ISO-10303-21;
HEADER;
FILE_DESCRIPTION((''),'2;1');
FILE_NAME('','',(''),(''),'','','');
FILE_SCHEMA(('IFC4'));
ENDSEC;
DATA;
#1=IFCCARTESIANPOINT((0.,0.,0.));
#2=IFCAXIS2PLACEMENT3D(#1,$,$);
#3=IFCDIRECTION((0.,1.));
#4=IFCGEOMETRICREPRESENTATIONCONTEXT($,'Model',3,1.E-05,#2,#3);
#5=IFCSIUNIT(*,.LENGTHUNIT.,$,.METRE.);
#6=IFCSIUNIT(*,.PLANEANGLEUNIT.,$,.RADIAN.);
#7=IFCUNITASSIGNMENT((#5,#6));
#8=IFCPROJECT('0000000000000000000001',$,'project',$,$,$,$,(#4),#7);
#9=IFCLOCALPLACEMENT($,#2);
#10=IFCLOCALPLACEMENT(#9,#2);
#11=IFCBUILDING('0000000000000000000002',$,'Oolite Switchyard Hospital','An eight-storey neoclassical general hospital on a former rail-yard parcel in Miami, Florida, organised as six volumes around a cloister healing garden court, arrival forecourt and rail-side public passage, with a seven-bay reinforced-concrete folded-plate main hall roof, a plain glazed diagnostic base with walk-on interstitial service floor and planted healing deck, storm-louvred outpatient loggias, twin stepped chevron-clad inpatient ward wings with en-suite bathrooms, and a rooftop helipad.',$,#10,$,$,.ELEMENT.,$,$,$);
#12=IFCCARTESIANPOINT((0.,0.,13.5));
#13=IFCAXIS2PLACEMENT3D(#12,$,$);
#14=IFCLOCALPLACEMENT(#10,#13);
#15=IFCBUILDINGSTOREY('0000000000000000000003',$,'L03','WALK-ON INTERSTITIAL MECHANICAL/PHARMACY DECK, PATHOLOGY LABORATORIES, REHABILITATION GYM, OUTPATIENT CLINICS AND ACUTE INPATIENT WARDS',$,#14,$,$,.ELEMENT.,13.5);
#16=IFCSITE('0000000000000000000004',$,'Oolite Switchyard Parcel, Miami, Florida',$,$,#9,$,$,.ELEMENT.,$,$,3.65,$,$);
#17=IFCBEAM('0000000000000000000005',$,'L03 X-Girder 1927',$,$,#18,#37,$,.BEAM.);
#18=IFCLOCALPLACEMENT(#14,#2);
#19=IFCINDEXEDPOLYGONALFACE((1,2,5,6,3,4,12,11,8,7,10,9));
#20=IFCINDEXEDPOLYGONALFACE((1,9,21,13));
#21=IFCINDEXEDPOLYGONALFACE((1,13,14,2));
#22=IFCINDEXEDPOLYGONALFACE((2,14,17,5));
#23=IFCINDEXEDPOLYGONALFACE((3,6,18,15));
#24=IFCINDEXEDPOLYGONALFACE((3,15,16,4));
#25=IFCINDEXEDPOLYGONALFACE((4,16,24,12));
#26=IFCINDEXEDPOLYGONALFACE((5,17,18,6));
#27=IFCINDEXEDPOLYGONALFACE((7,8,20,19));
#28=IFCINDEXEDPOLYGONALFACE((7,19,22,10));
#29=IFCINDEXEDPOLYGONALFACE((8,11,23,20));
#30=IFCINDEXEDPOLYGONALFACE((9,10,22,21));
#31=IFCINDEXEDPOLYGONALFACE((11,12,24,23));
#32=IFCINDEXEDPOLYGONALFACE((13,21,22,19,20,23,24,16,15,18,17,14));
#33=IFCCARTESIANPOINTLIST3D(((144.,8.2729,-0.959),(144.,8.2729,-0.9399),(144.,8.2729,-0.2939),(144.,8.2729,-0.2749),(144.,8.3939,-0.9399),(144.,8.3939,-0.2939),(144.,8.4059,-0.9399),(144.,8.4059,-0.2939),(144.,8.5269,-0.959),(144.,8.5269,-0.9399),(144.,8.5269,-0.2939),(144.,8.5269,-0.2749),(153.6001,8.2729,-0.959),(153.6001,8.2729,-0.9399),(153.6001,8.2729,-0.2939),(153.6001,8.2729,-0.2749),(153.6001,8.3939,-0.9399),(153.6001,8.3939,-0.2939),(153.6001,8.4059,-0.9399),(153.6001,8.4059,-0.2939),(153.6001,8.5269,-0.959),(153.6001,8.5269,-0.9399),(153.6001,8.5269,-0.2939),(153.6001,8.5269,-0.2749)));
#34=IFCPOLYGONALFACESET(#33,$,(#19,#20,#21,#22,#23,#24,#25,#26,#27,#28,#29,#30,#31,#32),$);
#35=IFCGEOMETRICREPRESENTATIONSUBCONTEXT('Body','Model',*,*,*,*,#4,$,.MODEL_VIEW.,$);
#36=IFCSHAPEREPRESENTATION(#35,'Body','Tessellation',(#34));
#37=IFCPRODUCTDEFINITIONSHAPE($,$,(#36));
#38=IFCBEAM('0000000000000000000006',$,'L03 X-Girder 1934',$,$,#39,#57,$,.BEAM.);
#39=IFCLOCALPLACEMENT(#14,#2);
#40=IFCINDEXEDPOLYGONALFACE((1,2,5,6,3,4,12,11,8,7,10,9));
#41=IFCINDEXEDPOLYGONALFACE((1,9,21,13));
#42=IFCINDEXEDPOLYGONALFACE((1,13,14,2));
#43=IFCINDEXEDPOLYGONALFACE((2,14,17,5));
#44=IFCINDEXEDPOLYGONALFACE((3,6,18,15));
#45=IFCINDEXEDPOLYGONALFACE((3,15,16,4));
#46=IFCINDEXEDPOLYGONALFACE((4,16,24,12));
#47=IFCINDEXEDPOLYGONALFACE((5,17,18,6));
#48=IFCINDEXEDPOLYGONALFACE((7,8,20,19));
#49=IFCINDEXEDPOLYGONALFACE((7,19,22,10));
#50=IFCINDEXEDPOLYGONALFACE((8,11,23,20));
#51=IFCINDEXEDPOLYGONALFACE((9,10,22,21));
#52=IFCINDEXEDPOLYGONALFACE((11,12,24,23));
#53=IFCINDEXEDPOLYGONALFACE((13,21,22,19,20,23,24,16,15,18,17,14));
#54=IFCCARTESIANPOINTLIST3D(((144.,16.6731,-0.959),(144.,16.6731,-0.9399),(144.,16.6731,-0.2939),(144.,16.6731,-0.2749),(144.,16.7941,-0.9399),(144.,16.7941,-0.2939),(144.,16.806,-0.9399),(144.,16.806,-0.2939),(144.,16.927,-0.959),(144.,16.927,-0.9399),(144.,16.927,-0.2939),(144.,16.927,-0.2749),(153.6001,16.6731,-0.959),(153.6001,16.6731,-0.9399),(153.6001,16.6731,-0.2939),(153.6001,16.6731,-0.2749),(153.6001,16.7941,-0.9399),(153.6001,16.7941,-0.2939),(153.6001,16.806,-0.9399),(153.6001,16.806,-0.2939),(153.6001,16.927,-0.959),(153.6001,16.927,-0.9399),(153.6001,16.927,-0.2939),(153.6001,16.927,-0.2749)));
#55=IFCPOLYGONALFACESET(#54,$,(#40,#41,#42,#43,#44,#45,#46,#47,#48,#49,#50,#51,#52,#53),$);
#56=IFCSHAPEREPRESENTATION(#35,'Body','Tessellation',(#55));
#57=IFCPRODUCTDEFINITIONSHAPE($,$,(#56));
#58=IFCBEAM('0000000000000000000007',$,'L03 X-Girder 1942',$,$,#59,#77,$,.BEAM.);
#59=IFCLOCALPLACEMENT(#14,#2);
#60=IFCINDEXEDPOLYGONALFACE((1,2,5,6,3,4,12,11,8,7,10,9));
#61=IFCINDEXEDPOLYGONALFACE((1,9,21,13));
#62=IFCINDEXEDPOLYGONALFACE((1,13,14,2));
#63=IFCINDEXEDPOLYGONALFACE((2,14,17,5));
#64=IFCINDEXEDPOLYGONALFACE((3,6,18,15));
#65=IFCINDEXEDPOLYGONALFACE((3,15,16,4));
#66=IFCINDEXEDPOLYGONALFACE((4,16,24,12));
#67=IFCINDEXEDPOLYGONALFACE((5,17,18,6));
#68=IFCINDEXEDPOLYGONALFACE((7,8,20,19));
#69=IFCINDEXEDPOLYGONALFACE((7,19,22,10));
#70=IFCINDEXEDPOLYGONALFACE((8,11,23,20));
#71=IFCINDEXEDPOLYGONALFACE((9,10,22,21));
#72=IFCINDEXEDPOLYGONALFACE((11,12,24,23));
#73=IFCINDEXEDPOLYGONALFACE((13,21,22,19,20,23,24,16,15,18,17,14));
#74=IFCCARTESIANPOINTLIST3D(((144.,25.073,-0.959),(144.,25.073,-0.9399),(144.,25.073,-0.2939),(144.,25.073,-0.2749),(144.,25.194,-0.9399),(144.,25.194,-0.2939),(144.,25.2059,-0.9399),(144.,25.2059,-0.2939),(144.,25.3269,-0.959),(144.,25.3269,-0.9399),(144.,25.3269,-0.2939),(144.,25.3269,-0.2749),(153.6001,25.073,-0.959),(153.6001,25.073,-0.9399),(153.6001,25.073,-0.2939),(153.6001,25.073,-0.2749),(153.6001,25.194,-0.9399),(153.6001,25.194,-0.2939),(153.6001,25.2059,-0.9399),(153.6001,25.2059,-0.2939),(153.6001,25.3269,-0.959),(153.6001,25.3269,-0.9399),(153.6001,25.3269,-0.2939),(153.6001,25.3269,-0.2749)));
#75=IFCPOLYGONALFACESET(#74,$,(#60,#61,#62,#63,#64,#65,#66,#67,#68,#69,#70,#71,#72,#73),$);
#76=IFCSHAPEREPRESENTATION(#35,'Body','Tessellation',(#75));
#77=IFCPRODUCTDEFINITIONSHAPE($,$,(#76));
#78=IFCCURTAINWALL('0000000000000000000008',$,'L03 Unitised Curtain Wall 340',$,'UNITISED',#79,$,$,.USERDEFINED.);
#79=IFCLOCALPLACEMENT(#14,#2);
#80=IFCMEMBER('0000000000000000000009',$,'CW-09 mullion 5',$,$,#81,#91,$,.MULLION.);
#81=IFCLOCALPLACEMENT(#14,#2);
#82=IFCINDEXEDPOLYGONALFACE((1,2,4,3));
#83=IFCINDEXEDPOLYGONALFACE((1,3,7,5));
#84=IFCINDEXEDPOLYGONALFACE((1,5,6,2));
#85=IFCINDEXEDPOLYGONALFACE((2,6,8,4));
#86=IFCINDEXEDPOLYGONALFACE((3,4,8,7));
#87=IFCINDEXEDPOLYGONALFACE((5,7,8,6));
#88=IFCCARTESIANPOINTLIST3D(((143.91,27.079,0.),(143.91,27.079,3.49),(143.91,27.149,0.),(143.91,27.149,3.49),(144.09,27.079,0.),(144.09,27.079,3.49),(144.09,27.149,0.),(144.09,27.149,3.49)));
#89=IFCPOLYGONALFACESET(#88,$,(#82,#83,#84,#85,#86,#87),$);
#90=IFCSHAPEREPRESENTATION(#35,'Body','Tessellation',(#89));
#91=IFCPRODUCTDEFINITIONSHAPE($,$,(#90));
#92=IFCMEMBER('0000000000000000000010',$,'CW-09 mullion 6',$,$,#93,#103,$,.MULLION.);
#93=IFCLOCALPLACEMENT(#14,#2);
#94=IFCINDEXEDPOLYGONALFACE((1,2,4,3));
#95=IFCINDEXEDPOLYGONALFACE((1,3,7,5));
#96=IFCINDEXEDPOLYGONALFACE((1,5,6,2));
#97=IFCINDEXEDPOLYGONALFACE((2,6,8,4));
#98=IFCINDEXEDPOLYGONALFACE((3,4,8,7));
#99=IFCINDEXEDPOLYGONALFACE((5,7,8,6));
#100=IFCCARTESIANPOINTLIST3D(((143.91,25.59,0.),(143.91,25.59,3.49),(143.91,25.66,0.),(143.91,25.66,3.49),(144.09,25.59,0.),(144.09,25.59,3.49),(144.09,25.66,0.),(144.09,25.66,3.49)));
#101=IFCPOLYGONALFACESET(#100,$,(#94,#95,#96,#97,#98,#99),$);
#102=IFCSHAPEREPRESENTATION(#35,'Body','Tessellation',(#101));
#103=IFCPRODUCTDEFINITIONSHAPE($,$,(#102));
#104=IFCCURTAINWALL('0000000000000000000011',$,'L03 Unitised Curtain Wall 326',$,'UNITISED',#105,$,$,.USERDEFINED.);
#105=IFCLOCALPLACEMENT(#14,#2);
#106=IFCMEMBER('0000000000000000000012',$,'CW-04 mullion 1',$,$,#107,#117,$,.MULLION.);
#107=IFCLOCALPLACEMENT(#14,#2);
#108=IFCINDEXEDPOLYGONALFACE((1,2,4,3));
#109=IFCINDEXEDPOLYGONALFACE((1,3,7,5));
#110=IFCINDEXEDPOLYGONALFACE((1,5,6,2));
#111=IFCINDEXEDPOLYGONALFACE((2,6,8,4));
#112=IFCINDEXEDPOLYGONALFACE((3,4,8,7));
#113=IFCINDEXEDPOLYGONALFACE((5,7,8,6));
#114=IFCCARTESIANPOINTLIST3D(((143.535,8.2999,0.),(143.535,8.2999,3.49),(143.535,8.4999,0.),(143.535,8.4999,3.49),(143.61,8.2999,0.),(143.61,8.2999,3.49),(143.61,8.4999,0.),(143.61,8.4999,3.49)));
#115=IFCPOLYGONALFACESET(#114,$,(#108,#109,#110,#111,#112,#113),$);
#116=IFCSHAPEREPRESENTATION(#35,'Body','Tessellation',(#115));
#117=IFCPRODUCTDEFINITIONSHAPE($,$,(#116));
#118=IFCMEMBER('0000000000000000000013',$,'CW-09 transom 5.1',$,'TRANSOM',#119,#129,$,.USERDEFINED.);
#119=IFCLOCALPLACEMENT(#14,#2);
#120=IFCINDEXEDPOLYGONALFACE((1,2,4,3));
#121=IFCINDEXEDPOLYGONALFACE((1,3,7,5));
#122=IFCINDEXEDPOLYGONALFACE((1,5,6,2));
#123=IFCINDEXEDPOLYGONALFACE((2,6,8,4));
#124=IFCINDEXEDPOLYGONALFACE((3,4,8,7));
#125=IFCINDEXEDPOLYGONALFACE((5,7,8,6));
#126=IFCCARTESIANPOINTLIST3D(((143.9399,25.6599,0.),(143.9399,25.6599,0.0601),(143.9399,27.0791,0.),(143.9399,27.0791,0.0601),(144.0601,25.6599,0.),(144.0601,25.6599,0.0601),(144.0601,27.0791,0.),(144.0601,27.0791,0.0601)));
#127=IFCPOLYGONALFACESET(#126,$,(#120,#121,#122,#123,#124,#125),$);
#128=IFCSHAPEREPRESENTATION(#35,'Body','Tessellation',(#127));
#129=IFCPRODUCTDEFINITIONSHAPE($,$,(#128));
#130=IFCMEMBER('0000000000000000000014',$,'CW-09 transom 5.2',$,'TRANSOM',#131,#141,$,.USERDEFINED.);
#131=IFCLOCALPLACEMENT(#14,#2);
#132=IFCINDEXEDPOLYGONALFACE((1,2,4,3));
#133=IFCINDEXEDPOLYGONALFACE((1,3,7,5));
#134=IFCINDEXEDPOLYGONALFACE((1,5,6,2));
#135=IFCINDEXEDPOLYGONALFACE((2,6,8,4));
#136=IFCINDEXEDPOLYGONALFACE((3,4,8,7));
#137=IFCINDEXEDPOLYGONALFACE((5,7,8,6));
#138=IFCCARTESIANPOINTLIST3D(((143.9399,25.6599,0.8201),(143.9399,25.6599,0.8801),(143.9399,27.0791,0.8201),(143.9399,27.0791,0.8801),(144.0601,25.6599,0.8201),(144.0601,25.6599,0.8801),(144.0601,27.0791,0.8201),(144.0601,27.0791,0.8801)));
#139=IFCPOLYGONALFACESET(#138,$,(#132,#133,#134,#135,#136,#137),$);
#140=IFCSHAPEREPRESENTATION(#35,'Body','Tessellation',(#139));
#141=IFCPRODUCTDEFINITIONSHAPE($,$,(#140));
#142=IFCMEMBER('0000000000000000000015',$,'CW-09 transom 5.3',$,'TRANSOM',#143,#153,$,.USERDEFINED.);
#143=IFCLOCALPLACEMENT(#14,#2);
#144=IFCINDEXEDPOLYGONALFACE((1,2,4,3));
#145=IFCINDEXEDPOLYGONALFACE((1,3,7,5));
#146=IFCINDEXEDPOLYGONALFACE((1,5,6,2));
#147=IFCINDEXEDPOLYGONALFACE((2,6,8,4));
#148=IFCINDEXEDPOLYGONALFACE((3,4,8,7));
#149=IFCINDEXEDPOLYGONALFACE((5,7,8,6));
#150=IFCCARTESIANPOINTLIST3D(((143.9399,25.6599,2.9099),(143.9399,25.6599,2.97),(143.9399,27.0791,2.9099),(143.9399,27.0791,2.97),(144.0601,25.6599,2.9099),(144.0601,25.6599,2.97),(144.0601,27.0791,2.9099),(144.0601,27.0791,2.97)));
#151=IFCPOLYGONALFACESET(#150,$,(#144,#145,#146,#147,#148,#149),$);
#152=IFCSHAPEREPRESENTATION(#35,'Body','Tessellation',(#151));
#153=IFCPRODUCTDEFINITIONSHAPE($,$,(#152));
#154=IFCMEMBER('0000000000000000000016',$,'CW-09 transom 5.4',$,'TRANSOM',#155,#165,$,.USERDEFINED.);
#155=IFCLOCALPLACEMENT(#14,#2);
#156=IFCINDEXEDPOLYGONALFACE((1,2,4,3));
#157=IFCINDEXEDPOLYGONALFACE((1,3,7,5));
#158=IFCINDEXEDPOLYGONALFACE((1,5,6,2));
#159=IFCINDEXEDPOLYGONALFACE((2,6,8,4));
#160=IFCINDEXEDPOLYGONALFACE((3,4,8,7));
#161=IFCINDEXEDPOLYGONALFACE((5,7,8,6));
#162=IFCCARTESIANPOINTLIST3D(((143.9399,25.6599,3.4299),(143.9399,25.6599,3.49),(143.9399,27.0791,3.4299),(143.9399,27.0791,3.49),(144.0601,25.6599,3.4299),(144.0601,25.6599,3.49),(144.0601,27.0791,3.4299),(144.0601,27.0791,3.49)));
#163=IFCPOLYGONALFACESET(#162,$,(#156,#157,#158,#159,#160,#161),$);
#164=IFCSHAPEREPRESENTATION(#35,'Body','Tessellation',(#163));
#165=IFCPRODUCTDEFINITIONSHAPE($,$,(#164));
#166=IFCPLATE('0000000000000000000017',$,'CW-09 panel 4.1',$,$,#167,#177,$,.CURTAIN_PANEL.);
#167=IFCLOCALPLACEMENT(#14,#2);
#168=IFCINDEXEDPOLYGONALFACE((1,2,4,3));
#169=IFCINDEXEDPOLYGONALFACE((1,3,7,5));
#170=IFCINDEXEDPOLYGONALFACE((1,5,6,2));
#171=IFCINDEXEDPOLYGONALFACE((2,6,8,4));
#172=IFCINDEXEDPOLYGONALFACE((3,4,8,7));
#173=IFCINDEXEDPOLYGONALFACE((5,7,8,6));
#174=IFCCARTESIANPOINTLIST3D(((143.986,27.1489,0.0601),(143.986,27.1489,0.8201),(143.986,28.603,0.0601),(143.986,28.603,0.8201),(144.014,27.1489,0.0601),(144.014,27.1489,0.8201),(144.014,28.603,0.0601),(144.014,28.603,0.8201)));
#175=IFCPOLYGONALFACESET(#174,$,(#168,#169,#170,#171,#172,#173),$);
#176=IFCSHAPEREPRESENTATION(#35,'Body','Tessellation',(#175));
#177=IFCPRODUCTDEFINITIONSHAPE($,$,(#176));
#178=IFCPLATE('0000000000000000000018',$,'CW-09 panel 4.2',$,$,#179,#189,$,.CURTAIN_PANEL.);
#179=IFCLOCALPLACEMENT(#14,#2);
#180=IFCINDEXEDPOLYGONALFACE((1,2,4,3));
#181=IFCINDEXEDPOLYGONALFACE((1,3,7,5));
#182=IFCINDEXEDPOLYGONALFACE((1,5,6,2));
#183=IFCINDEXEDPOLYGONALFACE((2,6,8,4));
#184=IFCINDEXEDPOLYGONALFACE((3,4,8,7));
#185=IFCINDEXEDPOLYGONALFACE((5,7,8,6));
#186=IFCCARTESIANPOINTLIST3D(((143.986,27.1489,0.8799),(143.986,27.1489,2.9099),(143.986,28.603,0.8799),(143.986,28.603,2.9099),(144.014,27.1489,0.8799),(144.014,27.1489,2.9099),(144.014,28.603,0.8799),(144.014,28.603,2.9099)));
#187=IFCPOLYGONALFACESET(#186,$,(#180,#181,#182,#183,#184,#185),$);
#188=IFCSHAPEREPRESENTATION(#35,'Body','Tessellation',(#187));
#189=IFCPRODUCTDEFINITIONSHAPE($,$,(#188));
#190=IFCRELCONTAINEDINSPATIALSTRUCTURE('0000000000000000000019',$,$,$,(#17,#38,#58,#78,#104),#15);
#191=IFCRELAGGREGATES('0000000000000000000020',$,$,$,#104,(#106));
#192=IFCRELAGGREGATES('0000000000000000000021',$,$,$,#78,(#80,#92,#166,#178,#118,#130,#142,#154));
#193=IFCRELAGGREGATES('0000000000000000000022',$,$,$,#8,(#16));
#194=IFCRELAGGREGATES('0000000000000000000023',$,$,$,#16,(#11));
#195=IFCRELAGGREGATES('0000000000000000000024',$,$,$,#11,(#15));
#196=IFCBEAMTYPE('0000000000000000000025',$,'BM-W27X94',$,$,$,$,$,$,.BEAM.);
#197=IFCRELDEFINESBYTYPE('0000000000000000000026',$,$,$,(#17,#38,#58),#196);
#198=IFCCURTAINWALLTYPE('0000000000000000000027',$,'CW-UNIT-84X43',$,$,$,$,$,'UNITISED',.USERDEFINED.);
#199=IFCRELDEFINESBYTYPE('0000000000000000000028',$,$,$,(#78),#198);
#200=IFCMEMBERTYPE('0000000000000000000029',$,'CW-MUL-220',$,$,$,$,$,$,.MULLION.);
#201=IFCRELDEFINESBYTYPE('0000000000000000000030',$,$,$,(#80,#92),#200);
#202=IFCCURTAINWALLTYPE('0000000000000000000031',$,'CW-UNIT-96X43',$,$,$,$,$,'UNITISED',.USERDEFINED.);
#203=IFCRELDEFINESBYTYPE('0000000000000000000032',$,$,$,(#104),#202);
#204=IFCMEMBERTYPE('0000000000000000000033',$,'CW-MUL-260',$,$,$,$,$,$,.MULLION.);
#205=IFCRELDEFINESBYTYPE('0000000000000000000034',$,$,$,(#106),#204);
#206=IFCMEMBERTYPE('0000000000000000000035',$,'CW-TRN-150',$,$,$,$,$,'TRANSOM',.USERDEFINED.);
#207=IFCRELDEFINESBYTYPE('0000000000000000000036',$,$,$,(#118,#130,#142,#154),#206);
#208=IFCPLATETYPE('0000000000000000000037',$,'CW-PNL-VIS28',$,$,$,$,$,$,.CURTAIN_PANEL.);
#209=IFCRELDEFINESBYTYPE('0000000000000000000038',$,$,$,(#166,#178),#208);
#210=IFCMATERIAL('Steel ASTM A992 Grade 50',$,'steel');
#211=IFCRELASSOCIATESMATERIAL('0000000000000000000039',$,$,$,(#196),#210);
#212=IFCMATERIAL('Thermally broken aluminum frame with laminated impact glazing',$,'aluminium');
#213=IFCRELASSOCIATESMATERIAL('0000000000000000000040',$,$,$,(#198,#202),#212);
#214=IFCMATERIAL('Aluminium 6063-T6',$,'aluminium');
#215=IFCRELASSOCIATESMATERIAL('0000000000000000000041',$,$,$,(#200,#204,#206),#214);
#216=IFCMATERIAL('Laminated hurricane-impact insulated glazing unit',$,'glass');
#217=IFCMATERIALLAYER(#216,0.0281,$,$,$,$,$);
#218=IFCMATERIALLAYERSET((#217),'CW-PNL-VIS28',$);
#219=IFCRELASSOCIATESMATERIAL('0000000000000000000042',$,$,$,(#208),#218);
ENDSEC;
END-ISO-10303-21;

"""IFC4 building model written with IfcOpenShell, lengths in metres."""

from ifc_helpers import new_model, si_unit, direction, frame, origin, origin_2d, place, context, subcontext, project, spatial, rectangle, i_section, extrude, material, layer, layer_set, material_profile, profile_set, type_object, element, aggregate, save


model = new_model("IFC4")

# Units and contexts
model_context = context("Model", 3, precision=1e-05, world=origin(), true_north=direction((0.0, 1.0)))
body_context = subcontext(model_context, "Body", "Model", "MODEL_VIEW")
ifc_project = project(units=[si_unit("LENGTHUNIT", "METRE"), si_unit("PLANEANGLEUNIT", "RADIAN")], contexts=[model_context])

# Site, building, storey
site_placement = place(None, origin())
site = spatial("IfcSite", under=ifc_project, at=site_placement, Name="Oolite Switchyard Parcel, Miami, Florida", CompositionType="ELEMENT", RefElevation=3.65)
building_placement = place(site_placement, origin())
building = spatial("IfcBuilding", under=site, at=building_placement, Name="Oolite Switchyard Hospital", Description="An eight-storey neoclassical general hospital on a former rail-yard parcel in Miami, Florida, organised as six volumes around a cloister healing garden court, arrival forecourt and rail-side public passage, with a seven-bay reinforced-concrete folded-plate main hall roof, a plain glazed diagnostic base with walk-on interstitial service floor and planted healing deck, storm-louvred outpatient loggias, twin stepped chevron-clad inpatient ward wings with en-suite bathrooms, and a rooftop helipad.", CompositionType="ELEMENT")
storey_placement = place(building_placement, frame((0.0, 0.0, 13.5)))
storey = spatial("IfcBuildingStorey", under=building, at=storey_placement, Name="L03", Description="WALK-ON INTERSTITIAL MECHANICAL/PHARMACY DECK, PATHOLOGY LABORATORIES, REHABILITATION GYM, OUTPATIENT CLINICS AND ACUTE INPATIENT WARDS", CompositionType="ELEMENT", Elevation=13.5)

# Beams
ifc_material_1 = material(Name="Steel ASTM A992 Grade 50", Category="steel")
ifc_material_profile_1 = material_profile(ifc_material_1, i_section(OverallWidth=0.2539, OverallDepth=0.6841, WebThickness=0.012, FlangeThickness=0.019, at=origin_2d()), Name="W27X94")
ifc_profile_set_1 = profile_set([ifc_material_profile_1], Name="Steel ASTM A992 Grade 50")
beam_type_1 = type_object("IfcBeamType", Name="BM-W27X94", PredefinedType="BEAM", material=ifc_profile_set_1)
for number, where, z_axis, x_axis, name in (
    (1, (144.0, 8.3999, -0.6169), (1.0, 0.0, 0.0), (0.0, 1.0, 0.0), "L03 X-Girder 1927"),
    (2, (144.0, 16.8, -0.6169), (1.0, 0.0, 0.0), (0.0, 1.0, 0.0), "L03 X-Girder 1934"),
    (3, (144.0, 25.2, -0.6169), (1.0, 0.0, 0.0), (0.0, 1.0, 0.0), "L03 X-Girder 1942"),
):
    element("IfcBeam", number, at=place(storey_placement, frame(where, z_axis=z_axis, x_axis=x_axis)), inside=storey, type_object=beam_type_1, Name=name, PredefinedType="BEAM", context=body_context, shape_type="SweptSolid", body=[
        extrude(i_section(OverallWidth=0.2539, OverallDepth=0.6841, WebThickness=0.012, FlangeThickness=0.019, at=origin_2d()), origin(), (0.0, 0.0, 1.0), 9.6001),
    ])

# Curtain wall, members
ifc_material_2 = material(Name="Thermally broken aluminum frame with laminated impact glazing", Category="aluminium")
curtain_wall_type_1 = type_object("IfcCurtainWallType", Name="CW-UNIT-84X43", ElementType="UNITISED", PredefinedType="USERDEFINED", material=ifc_material_2)
curtain_wall_1_placement = place(storey_placement, origin())
curtain_wall_1 = element("IfcCurtainWall", 4, at=curtain_wall_1_placement, inside=storey, type_object=curtain_wall_type_1, Name="L03 Unitised Curtain Wall 340", ObjectType="UNITISED", PredefinedType="USERDEFINED")
ifc_material_3 = material(Name="Aluminium 6063-T6", Category="aluminium")
ifc_material_profile_2 = material_profile(ifc_material_3, rectangle(XDim=0.1799, YDim=0.0701, at=origin_2d()), Name="CWM70X180")
ifc_profile_set_2 = profile_set([ifc_material_profile_2], Name="Aluminium 6063-T6")
member_type_1 = type_object("IfcMemberType", Name="CW-MUL-220", PredefinedType="MULLION", material=ifc_profile_set_2)
member_1_placement = place(storey_placement, frame((144.0, 27.114, 0.0), z_axis=(0.0, 0.0, 1.0), x_axis=(1.0, 0.0, 0.0)))
member_1 = element("IfcMember", 5, at=member_1_placement, type_object=member_type_1, Name="CW-09 mullion 5", PredefinedType="MULLION", context=body_context, shape_type="SweptSolid", body=[
    extrude(rectangle(XDim=0.1799, YDim=0.0701, at=origin_2d()), origin(), (0.0, 0.0, 1.0), 3.49),
])
member_2_placement = place(storey_placement, frame((144.0, 25.625, 0.0), z_axis=(0.0, 0.0, 1.0), x_axis=(1.0, 0.0, 0.0)))
member_2 = element("IfcMember", 6, at=member_2_placement, type_object=member_type_1, Name="CW-09 mullion 6", PredefinedType="MULLION", context=body_context, shape_type="SweptSolid", body=[
    extrude(rectangle(XDim=0.1799, YDim=0.0701, at=origin_2d()), origin(), (0.0, 0.0, 1.0), 3.49),
])

# Curtain wall, member
curtain_wall_type_2 = type_object("IfcCurtainWallType", Name="CW-UNIT-96X43", ElementType="UNITISED", PredefinedType="USERDEFINED", material=ifc_material_2)
curtain_wall_2_placement = place(storey_placement, origin())
curtain_wall_2 = element("IfcCurtainWall", 7, at=curtain_wall_2_placement, inside=storey, type_object=curtain_wall_type_2, Name="L03 Unitised Curtain Wall 326", ObjectType="UNITISED", PredefinedType="USERDEFINED")
ifc_material_profile_3 = material_profile(ifc_material_3, rectangle(XDim=0.2, YDim=0.075, at=origin_2d()), Name="CWM75X200")
ifc_profile_set_3 = profile_set([ifc_material_profile_3], Name="Aluminium 6063-T6")
member_type_2 = type_object("IfcMemberType", Name="CW-MUL-260", PredefinedType="MULLION", material=ifc_profile_set_3)
member_3_placement = place(storey_placement, frame((143.5725, 8.3999, 0.0), z_axis=(0.0, 0.0, 1.0), x_axis=(0.0, -1.0, 0.0)))
member_3 = element("IfcMember", 8, at=member_3_placement, type_object=member_type_2, Name="CW-04 mullion 1", PredefinedType="MULLION", context=body_context, shape_type="SweptSolid", body=[
    extrude(rectangle(XDim=0.2, YDim=0.075, at=origin_2d()), origin(), (0.0, 0.0, 1.0), 3.49),
])
aggregate(curtain_wall_2, [member_3])

# Members
ifc_material_profile_4 = material_profile(ifc_material_3, rectangle(XDim=0.1201, YDim=0.0601, at=origin_2d()), Name="CWT60X120")
ifc_profile_set_4 = profile_set([ifc_material_profile_4], Name="Aluminium 6063-T6")
member_type_3 = type_object("IfcMemberType", Name="CW-TRN-150", ElementType="TRANSOM", PredefinedType="USERDEFINED", material=ifc_profile_set_4)
member_4_placement = place(storey_placement, frame((144.0, 27.0791, 0.03), z_axis=(0.0, -1.0, 0.0), x_axis=(1.0, 0.0, 0.0)))
member_4 = element("IfcMember", 9, at=member_4_placement, type_object=member_type_3, Name="CW-09 transom 5.1", ObjectType="TRANSOM", PredefinedType="USERDEFINED", context=body_context, shape_type="SweptSolid", body=[
    extrude(rectangle(XDim=0.1201, YDim=0.0601, at=origin_2d()), origin(), (0.0, 0.0, 1.0), 1.4192),
])
member_5_placement = place(storey_placement, frame((144.0, 27.0791, 0.8501), z_axis=(0.0, -1.0, 0.0), x_axis=(1.0, 0.0, 0.0)))
member_5 = element("IfcMember", 10, at=member_5_placement, type_object=member_type_3, Name="CW-09 transom 5.2", ObjectType="TRANSOM", PredefinedType="USERDEFINED", context=body_context, shape_type="SweptSolid", body=[
    extrude(rectangle(XDim=0.1201, YDim=0.0601, at=origin_2d()), origin(), (0.0, 0.0, 1.0), 1.4192),
])
member_6_placement = place(storey_placement, frame((144.0, 27.0791, 2.9399), z_axis=(0.0, -1.0, 0.0), x_axis=(1.0, 0.0, 0.0)))
member_6 = element("IfcMember", 11, at=member_6_placement, type_object=member_type_3, Name="CW-09 transom 5.3", ObjectType="TRANSOM", PredefinedType="USERDEFINED", context=body_context, shape_type="SweptSolid", body=[
    extrude(rectangle(XDim=0.1201, YDim=0.0601, at=origin_2d()), origin(), (0.0, 0.0, 1.0), 1.4192),
])
member_7_placement = place(storey_placement, frame((144.0, 27.0791, 3.46), z_axis=(0.0, -1.0, 0.0), x_axis=(1.0, 0.0, 0.0)))
member_7 = element("IfcMember", 12, at=member_7_placement, type_object=member_type_3, Name="CW-09 transom 5.4", ObjectType="TRANSOM", PredefinedType="USERDEFINED", context=body_context, shape_type="SweptSolid", body=[
    extrude(rectangle(XDim=0.1201, YDim=0.0601, at=origin_2d()), origin(), (0.0, 0.0, 1.0), 1.4192),
])

# Plates
ifc_material_4 = material(Name="Laminated hurricane-impact insulated glazing unit", Category="glass")
ifc_layer_1 = layer(ifc_material_4, 0.0281)
ifc_layer_set_1 = layer_set([ifc_layer_1], Name="CW-PNL-VIS28")
plate_type = type_object("IfcPlateType", Name="CW-PNL-VIS28", PredefinedType="CURTAIN_PANEL", material=ifc_layer_set_1)
plate_1_placement = place(storey_placement, frame((144.0, 27.876, 0.0601), z_axis=(0.0, 0.0, 1.0), x_axis=(0.0, -1.0, 0.0)))
plate_1 = element("IfcPlate", 13, at=plate_1_placement, type_object=plate_type, Name="CW-09 panel 4.1", PredefinedType="CURTAIN_PANEL", context=body_context, shape_type="SweptSolid", body=[
    extrude(rectangle(XDim=1.4541, YDim=0.0281, at=origin_2d()), origin(), (0.0, 0.0, 1.0), 0.76),
])
plate_2_placement = place(storey_placement, frame((144.0, 27.876, 0.8799), z_axis=(0.0, 0.0, 1.0), x_axis=(0.0, -1.0, 0.0)))
plate_2 = element("IfcPlate", 14, at=plate_2_placement, type_object=plate_type, Name="CW-09 panel 4.2", PredefinedType="CURTAIN_PANEL", context=body_context, shape_type="SweptSolid", body=[
    extrude(rectangle(XDim=1.4541, YDim=0.0281, at=origin_2d()), origin(), (0.0, 0.0, 1.0), 2.03),
])
aggregate(curtain_wall_1, [member_1, member_2, plate_1, plate_2, member_4, member_5, member_6, member_7])

save(model, "model.ifc")
